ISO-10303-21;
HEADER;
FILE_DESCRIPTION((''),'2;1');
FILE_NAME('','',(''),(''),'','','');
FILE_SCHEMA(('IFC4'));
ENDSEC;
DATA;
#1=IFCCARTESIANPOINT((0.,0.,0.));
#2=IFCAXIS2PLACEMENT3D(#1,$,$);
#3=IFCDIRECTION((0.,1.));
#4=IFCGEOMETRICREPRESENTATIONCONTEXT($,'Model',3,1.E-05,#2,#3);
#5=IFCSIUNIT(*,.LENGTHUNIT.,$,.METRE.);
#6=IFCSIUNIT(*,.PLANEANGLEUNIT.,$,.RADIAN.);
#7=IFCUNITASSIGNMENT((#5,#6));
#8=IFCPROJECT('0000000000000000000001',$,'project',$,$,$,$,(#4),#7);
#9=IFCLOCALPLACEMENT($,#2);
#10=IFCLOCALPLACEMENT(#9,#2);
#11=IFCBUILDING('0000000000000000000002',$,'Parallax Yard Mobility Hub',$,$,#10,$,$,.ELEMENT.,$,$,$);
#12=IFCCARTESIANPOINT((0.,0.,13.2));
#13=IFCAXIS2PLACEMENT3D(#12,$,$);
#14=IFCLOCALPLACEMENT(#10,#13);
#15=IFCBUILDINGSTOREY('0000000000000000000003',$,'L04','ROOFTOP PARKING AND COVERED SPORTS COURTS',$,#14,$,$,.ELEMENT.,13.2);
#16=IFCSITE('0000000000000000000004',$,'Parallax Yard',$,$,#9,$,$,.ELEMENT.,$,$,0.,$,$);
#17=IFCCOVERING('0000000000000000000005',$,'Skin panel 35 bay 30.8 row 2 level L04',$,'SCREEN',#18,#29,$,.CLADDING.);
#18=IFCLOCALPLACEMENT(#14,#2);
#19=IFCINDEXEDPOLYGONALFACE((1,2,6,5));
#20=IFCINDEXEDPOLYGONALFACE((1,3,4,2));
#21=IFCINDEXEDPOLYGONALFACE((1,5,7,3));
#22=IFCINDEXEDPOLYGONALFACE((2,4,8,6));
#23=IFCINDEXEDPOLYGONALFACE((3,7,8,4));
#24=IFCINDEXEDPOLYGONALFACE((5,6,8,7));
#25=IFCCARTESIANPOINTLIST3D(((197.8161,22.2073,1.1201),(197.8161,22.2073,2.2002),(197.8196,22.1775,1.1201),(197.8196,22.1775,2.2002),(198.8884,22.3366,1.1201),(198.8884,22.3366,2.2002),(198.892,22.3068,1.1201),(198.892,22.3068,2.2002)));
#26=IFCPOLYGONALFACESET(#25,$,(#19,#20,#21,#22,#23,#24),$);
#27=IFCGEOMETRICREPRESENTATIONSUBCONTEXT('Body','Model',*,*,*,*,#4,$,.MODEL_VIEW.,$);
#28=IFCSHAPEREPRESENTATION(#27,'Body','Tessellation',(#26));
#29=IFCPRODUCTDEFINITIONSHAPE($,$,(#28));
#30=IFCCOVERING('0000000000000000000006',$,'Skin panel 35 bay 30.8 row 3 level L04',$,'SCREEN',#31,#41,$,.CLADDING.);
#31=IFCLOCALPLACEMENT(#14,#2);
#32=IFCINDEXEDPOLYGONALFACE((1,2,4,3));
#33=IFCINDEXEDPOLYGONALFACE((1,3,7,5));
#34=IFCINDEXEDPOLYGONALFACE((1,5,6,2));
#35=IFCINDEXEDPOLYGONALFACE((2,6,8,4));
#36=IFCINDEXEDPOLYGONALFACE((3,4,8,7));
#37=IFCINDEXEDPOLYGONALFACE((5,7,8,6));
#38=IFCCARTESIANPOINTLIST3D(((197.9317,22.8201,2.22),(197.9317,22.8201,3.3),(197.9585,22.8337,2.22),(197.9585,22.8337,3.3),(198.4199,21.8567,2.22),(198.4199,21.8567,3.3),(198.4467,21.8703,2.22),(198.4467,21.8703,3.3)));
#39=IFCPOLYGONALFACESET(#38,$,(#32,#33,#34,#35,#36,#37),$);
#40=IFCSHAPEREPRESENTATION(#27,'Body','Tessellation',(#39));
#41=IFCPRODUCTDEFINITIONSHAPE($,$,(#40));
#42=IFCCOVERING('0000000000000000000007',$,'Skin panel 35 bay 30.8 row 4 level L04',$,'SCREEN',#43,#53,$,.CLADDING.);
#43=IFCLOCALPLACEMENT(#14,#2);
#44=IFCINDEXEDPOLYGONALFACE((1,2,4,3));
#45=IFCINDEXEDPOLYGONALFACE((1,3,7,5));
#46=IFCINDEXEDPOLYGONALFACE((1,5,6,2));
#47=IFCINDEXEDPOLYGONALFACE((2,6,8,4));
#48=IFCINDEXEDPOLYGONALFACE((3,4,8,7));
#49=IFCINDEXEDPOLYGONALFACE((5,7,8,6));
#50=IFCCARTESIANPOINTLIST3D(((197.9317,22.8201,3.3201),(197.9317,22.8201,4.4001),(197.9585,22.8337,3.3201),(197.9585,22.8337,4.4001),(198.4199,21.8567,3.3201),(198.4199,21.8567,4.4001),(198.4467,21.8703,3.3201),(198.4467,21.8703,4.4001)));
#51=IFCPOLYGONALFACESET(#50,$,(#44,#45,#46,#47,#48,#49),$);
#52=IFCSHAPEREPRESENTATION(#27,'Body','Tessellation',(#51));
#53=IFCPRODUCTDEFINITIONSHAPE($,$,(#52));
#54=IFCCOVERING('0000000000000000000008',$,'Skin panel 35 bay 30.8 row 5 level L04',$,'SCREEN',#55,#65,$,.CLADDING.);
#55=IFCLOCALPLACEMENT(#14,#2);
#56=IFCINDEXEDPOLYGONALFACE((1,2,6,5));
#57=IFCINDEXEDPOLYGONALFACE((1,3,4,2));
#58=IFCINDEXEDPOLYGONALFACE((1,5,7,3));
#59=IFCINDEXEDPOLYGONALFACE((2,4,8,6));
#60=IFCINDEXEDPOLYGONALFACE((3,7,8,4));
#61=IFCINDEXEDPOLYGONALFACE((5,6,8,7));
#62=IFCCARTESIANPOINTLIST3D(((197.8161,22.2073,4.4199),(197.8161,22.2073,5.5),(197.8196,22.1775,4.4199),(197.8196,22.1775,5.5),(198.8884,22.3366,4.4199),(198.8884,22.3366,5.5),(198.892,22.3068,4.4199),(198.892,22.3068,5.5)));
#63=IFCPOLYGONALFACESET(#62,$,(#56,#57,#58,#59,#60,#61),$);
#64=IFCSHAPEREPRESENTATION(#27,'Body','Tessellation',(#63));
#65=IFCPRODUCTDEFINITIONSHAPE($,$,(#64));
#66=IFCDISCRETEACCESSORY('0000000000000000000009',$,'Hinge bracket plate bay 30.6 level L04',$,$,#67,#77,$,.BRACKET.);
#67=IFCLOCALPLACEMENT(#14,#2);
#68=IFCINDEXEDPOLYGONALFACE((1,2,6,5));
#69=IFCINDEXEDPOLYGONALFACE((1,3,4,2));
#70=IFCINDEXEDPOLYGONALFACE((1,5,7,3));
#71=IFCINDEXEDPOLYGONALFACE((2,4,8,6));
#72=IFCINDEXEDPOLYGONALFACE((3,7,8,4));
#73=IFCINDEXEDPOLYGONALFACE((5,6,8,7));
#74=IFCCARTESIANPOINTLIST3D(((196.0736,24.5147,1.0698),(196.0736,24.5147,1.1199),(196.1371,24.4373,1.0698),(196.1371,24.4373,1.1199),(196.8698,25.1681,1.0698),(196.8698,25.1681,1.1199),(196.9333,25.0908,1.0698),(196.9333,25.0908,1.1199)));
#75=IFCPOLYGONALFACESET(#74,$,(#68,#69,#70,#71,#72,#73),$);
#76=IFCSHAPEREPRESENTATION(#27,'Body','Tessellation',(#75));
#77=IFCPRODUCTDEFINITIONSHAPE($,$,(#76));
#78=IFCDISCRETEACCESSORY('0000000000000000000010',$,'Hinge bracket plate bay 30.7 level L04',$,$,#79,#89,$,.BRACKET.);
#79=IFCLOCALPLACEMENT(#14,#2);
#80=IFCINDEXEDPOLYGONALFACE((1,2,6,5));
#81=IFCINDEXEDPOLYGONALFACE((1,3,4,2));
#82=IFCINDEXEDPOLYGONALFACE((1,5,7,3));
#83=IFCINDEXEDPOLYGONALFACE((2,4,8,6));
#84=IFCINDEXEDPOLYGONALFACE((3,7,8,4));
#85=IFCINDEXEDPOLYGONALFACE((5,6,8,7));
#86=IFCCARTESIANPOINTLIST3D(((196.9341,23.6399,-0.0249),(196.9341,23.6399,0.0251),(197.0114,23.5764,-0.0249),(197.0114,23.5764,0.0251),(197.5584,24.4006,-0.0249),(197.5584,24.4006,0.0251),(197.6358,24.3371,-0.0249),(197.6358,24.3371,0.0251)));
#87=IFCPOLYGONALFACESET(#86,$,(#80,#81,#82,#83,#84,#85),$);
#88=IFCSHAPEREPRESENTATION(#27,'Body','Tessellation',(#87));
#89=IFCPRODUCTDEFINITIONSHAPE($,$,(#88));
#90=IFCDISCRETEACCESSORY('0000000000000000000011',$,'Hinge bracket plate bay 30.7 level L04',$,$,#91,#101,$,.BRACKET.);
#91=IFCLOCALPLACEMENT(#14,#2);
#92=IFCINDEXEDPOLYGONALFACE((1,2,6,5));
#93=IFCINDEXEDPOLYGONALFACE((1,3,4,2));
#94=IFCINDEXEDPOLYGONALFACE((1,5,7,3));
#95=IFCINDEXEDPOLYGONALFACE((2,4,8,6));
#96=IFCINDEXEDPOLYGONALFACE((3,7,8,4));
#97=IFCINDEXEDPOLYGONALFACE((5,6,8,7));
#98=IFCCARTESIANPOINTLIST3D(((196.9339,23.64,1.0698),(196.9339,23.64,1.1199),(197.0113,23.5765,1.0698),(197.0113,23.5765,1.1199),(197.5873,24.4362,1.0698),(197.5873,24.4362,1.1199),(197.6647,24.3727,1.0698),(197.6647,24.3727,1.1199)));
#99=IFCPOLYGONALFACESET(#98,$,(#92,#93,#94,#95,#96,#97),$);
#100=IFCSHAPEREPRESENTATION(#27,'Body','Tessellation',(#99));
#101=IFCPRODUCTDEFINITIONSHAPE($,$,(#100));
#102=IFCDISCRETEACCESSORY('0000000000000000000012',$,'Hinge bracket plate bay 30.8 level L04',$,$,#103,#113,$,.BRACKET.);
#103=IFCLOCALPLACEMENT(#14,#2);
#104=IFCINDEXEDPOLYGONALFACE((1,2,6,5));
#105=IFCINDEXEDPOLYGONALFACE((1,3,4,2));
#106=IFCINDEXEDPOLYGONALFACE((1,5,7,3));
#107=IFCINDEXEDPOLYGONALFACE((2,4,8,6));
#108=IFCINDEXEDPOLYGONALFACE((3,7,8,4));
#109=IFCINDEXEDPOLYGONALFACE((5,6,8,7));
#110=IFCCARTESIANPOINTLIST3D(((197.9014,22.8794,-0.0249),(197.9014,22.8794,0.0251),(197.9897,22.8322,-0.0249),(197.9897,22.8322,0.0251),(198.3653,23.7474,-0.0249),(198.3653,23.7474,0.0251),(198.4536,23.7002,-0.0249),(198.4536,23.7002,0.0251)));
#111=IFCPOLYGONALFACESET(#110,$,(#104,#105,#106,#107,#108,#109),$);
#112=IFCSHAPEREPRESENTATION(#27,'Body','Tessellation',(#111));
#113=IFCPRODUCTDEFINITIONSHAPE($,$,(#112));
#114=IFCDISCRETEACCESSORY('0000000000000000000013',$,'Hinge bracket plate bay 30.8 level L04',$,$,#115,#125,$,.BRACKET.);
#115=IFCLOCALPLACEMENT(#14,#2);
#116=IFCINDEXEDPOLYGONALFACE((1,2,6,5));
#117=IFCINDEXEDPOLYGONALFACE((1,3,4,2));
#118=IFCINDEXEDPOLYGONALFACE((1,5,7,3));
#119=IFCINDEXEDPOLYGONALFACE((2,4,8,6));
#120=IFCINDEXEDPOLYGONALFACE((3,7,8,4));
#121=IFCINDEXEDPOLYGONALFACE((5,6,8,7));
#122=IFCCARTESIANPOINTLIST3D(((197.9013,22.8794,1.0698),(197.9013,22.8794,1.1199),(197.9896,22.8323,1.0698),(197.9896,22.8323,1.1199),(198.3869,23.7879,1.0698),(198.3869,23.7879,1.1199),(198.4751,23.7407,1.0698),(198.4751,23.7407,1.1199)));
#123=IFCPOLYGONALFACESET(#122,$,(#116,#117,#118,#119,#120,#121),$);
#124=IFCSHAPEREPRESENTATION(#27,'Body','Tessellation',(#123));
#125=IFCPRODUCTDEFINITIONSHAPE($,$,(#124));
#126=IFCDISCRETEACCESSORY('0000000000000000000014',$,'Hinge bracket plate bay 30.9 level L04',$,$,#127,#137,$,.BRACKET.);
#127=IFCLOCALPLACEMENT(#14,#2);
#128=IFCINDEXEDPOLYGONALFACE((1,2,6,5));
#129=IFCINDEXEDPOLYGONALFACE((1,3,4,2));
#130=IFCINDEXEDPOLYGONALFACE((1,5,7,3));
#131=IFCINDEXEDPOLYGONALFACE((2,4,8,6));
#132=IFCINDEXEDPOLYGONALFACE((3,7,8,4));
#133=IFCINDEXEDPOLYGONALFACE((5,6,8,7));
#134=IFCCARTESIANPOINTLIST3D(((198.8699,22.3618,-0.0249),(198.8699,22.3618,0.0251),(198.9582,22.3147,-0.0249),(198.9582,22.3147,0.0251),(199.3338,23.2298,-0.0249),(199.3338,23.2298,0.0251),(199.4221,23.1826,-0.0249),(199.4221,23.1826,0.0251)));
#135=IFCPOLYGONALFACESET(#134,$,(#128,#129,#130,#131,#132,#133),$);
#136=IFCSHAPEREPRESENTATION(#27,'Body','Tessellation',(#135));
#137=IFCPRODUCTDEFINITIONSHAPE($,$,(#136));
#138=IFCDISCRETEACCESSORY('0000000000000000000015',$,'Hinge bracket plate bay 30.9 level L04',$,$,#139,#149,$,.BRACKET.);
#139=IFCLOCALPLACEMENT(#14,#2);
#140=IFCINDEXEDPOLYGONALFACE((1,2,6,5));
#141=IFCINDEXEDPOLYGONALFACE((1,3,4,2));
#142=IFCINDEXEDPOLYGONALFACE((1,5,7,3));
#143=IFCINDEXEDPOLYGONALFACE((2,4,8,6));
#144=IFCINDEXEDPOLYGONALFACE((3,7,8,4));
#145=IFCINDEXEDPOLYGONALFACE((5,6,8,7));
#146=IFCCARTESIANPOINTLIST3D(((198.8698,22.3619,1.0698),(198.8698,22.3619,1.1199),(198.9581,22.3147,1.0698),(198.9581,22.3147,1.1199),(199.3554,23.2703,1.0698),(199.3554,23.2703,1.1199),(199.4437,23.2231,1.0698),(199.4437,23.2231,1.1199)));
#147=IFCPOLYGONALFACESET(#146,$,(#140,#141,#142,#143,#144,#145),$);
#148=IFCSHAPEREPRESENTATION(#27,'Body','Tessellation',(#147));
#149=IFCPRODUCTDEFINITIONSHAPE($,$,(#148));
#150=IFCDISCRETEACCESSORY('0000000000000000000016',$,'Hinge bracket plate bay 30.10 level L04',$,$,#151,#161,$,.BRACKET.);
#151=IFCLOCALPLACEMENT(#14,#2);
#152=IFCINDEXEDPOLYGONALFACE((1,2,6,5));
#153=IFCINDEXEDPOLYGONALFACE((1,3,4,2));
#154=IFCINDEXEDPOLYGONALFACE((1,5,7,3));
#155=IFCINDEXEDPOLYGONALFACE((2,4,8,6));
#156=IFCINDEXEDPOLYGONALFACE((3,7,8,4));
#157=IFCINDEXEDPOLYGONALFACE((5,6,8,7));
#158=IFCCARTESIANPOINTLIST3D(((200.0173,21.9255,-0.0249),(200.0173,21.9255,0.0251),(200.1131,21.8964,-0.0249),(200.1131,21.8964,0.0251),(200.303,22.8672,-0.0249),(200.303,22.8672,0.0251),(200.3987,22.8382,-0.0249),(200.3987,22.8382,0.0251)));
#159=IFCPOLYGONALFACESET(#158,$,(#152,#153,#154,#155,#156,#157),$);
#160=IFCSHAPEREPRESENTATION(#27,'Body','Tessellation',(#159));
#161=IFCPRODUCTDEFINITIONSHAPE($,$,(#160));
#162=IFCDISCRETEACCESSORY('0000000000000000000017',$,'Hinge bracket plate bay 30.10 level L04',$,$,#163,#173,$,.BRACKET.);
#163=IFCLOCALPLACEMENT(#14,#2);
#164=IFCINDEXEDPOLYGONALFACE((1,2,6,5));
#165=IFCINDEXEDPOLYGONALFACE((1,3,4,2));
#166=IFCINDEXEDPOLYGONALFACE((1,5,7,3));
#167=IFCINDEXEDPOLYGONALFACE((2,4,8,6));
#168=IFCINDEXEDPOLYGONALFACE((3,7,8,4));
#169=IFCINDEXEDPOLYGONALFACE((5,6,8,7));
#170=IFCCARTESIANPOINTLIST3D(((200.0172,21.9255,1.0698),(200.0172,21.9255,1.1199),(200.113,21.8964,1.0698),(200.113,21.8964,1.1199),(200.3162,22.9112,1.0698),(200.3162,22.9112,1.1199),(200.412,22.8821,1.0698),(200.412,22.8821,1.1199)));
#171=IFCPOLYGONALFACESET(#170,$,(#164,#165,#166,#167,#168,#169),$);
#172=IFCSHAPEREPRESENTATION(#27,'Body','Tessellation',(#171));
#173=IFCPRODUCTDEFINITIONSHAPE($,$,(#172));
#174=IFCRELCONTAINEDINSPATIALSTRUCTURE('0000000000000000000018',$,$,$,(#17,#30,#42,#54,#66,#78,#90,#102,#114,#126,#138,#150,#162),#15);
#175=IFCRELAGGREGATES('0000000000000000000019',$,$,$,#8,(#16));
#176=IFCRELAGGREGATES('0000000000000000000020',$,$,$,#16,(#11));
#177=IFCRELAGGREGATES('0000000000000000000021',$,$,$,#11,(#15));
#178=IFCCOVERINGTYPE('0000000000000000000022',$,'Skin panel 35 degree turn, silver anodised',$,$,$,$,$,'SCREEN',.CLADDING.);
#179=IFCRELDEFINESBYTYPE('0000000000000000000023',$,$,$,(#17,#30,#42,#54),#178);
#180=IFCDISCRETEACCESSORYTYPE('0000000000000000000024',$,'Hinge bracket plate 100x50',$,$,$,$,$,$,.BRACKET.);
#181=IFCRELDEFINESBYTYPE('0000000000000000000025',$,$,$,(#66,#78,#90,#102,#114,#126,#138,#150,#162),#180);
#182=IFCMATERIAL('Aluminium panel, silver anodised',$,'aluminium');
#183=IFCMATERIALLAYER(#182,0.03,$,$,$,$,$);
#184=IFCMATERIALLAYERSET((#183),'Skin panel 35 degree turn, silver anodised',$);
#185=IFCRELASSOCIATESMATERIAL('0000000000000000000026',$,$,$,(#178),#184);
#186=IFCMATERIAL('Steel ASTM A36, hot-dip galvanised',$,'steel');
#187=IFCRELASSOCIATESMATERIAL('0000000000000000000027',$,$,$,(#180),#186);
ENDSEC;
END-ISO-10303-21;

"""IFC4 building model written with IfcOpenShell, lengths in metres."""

from ifc_helpers import new_model, si_unit, direction, frame, origin, origin_2d, place, context, subcontext, project, spatial, rectangle, extrude, material, layer, layer_set, type_object, element, save


model = new_model("IFC4")

# Units and contexts
model_context = context("Model", 3, precision=1e-05, world=origin(), true_north=direction((0.0, 1.0)))
body_context = subcontext(model_context, "Body", "Model", "MODEL_VIEW")
ifc_project = project(units=[si_unit("LENGTHUNIT", "METRE"), si_unit("PLANEANGLEUNIT", "RADIAN")], contexts=[model_context])

# Site, building, storey
site_placement = place(None, origin())
site = spatial("IfcSite", under=ifc_project, at=site_placement, Name="Parallax Yard", CompositionType="ELEMENT", RefElevation=0.0)
building_placement = place(site_placement, origin())
building = spatial("IfcBuilding", under=site, at=building_placement, Name="Parallax Yard Mobility Hub", CompositionType="ELEMENT")
storey_placement = place(building_placement, frame((0.0, 0.0, 13.2)))
storey = spatial("IfcBuildingStorey", under=building, at=storey_placement, Name="L04", Description="ROOFTOP PARKING AND COVERED SPORTS COURTS", CompositionType="ELEMENT", Elevation=13.2)

# Coverings
ifc_material_1 = material(Name="Aluminium panel, silver anodised", Category="aluminium")
ifc_layer_1 = layer(ifc_material_1, 0.03)
ifc_layer_set_1 = layer_set([ifc_layer_1], Name="Skin panel 35 degree turn, silver anodised")
covering_type = type_object("IfcCoveringType", Name="Skin panel 35 degree turn, silver anodised", ElementType="SCREEN", PredefinedType="CLADDING", material=ifc_layer_set_1)
for number, where, z_axis, x_axis, name in (
    (1, (198.354, 22.2571, 1.1201), (0.0, 0.0, 1.0), (-0.99281, -0.119704, 0.0), "Skin panel 35 bay 30.8 row 2 level L04"),
    (2, (198.1892, 22.3452, 2.22), (0.0, 0.0, 1.0), (0.452046, -0.891995, 0.0), "Skin panel 35 bay 30.8 row 3 level L04"),
    (3, (198.1892, 22.3452, 3.3201), (0.0, 0.0, 1.0), (0.452046, -0.891995, 0.0), "Skin panel 35 bay 30.8 row 4 level L04"),
    (4, (198.354, 22.2571, 4.4199), (0.0, 0.0, 1.0), (-0.99281, -0.119704, 0.0), "Skin panel 35 bay 30.8 row 5 level L04"),
):
    element("IfcCovering", number, at=place(storey_placement, frame(where, z_axis=z_axis, x_axis=x_axis)), inside=storey, type_object=covering_type, Name=name, ObjectType="SCREEN", PredefinedType="CLADDING", context=body_context, shape_type="SweptSolid", body=[
        extrude(rectangle(XDim=1.0801, YDim=0.03, at=origin_2d()), origin(), (0.0, 0.0, 1.0), 1.0801),
    ])

# Discrete accessories
ifc_material_2 = material(Name="Steel ASTM A36, hot-dip galvanised", Category="steel")
discrete_accessory_type_1 = type_object("IfcDiscreteAccessoryType", Name="Hinge bracket plate 100x50", PredefinedType="BRACKET", material=ifc_material_2)
discrete_accessory_1_placement = place(storey_placement, frame((196.5034, 24.8027, 1.0698), z_axis=(0.0, 0.0, 1.0), x_axis=(-0.77301, -0.634393, 0.0)))
element("IfcDiscreteAccessory", 5, at=discrete_accessory_1_placement, inside=storey, type_object=discrete_accessory_type_1, Name="Hinge bracket plate bay 30.6 level L04", PredefinedType="BRACKET", context=body_context, shape_type="SweptSolid", body=[
    extrude(rectangle(XDim=1.03, YDim=0.1001, at=origin_2d()), origin(), (0.0, 0.0, 1.0), 0.05),
])
discrete_accessory_2_placement = place(storey_placement, frame((197.2849, 23.9885, -0.0249), z_axis=(0.0, 0.0, 1.0), x_axis=(-0.634393, -0.77301, 0.0)))
element("IfcDiscreteAccessory", 6, at=discrete_accessory_2_placement, inside=storey, type_object=discrete_accessory_type_1, Name="Hinge bracket plate bay 30.7 level L04", PredefinedType="BRACKET", context=body_context, shape_type="SweptSolid", body=[
    extrude(rectangle(XDim=0.9841, YDim=0.1001, at=origin_2d()), origin(), (0.0, 0.0, 1.0), 0.05),
])
discrete_accessory_3_placement = place(storey_placement, frame((197.2993, 24.0063, 1.0698), z_axis=(0.0, 0.0, 1.0), x_axis=(-0.634393, -0.77301, 0.0)))
element("IfcDiscreteAccessory", 7, at=discrete_accessory_3_placement, inside=storey, type_object=discrete_accessory_type_1, Name="Hinge bracket plate bay 30.7 level L04", PredefinedType="BRACKET", context=body_context, shape_type="SweptSolid", body=[
    extrude(rectangle(XDim=1.03, YDim=0.1001, at=origin_2d()), origin(), (0.0, 0.0, 1.0), 0.05),
])
discrete_accessory_4_placement = place(storey_placement, frame((198.1775, 23.2898, -0.0249), z_axis=(0.0, 0.0, 1.0), x_axis=(-0.471397, -0.881921, 0.0)))
element("IfcDiscreteAccessory", 8, at=discrete_accessory_4_placement, inside=storey, type_object=discrete_accessory_type_1, Name="Hinge bracket plate bay 30.8 level L04", PredefinedType="BRACKET", context=body_context, shape_type="SweptSolid", body=[
    extrude(rectangle(XDim=0.9841, YDim=0.1001, at=origin_2d()), origin(), (0.0, 0.0, 1.0), 0.05),
])
discrete_accessory_5_placement = place(storey_placement, frame((198.1882, 23.3101, 1.0698), z_axis=(0.0, 0.0, 1.0), x_axis=(-0.471397, -0.881921, 0.0)))
element("IfcDiscreteAccessory", 9, at=discrete_accessory_5_placement, inside=storey, type_object=discrete_accessory_type_1, Name="Hinge bracket plate bay 30.8 level L04", PredefinedType="BRACKET", context=body_context, shape_type="SweptSolid", body=[
    extrude(rectangle(XDim=1.03, YDim=0.1001, at=origin_2d()), origin(), (0.0, 0.0, 1.0), 0.05),
])
discrete_accessory_6_placement = place(storey_placement, frame((199.146, 22.7722, -0.0249), z_axis=(0.0, 0.0, 1.0), x_axis=(-0.471397, -0.881921, 0.0)))
element("IfcDiscreteAccessory", 10, at=discrete_accessory_6_placement, inside=storey, type_object=discrete_accessory_type_1, Name="Hinge bracket plate bay 30.9 level L04", PredefinedType="BRACKET", context=body_context, shape_type="SweptSolid", body=[
    extrude(rectangle(XDim=0.9841, YDim=0.1001, at=origin_2d()), origin(), (0.0, 0.0, 1.0), 0.05),
])
discrete_accessory_7_placement = place(storey_placement, frame((199.1567, 22.7925, 1.0698), z_axis=(0.0, 0.0, 1.0), x_axis=(-0.471397, -0.881921, 0.0)))
element("IfcDiscreteAccessory", 11, at=discrete_accessory_7_placement, inside=storey, type_object=discrete_accessory_type_1, Name="Hinge bracket plate bay 30.9 level L04", PredefinedType="BRACKET", context=body_context, shape_type="SweptSolid", body=[
    extrude(rectangle(XDim=1.03, YDim=0.1001, at=origin_2d()), origin(), (0.0, 0.0, 1.0), 0.05),
])
discrete_accessory_8_placement = place(storey_placement, frame((200.208, 22.3818, -0.0249), z_axis=(0.0, 0.0, 1.0), x_axis=(-0.290285, -0.95694, 0.0)))
element("IfcDiscreteAccessory", 12, at=discrete_accessory_8_placement, inside=storey, type_object=discrete_accessory_type_1, Name="Hinge bracket plate bay 30.10 level L04", PredefinedType="BRACKET", context=body_context, shape_type="SweptSolid", body=[
    extrude(rectangle(XDim=0.9841, YDim=0.1001, at=origin_2d()), origin(), (0.0, 0.0, 1.0), 0.05),
])
discrete_accessory_9_placement = place(storey_placement, frame((200.2146, 22.4038, 1.0698), z_axis=(0.0, 0.0, 1.0), x_axis=(-0.290285, -0.95694, 0.0)))
element("IfcDiscreteAccessory", 13, at=discrete_accessory_9_placement, inside=storey, type_object=discrete_accessory_type_1, Name="Hinge bracket plate bay 30.10 level L04", PredefinedType="BRACKET", context=body_context, shape_type="SweptSolid", body=[
    extrude(rectangle(XDim=1.03, YDim=0.1001, at=origin_2d()), origin(), (0.0, 0.0, 1.0), 0.05),
])

save(model, "model.ifc")
